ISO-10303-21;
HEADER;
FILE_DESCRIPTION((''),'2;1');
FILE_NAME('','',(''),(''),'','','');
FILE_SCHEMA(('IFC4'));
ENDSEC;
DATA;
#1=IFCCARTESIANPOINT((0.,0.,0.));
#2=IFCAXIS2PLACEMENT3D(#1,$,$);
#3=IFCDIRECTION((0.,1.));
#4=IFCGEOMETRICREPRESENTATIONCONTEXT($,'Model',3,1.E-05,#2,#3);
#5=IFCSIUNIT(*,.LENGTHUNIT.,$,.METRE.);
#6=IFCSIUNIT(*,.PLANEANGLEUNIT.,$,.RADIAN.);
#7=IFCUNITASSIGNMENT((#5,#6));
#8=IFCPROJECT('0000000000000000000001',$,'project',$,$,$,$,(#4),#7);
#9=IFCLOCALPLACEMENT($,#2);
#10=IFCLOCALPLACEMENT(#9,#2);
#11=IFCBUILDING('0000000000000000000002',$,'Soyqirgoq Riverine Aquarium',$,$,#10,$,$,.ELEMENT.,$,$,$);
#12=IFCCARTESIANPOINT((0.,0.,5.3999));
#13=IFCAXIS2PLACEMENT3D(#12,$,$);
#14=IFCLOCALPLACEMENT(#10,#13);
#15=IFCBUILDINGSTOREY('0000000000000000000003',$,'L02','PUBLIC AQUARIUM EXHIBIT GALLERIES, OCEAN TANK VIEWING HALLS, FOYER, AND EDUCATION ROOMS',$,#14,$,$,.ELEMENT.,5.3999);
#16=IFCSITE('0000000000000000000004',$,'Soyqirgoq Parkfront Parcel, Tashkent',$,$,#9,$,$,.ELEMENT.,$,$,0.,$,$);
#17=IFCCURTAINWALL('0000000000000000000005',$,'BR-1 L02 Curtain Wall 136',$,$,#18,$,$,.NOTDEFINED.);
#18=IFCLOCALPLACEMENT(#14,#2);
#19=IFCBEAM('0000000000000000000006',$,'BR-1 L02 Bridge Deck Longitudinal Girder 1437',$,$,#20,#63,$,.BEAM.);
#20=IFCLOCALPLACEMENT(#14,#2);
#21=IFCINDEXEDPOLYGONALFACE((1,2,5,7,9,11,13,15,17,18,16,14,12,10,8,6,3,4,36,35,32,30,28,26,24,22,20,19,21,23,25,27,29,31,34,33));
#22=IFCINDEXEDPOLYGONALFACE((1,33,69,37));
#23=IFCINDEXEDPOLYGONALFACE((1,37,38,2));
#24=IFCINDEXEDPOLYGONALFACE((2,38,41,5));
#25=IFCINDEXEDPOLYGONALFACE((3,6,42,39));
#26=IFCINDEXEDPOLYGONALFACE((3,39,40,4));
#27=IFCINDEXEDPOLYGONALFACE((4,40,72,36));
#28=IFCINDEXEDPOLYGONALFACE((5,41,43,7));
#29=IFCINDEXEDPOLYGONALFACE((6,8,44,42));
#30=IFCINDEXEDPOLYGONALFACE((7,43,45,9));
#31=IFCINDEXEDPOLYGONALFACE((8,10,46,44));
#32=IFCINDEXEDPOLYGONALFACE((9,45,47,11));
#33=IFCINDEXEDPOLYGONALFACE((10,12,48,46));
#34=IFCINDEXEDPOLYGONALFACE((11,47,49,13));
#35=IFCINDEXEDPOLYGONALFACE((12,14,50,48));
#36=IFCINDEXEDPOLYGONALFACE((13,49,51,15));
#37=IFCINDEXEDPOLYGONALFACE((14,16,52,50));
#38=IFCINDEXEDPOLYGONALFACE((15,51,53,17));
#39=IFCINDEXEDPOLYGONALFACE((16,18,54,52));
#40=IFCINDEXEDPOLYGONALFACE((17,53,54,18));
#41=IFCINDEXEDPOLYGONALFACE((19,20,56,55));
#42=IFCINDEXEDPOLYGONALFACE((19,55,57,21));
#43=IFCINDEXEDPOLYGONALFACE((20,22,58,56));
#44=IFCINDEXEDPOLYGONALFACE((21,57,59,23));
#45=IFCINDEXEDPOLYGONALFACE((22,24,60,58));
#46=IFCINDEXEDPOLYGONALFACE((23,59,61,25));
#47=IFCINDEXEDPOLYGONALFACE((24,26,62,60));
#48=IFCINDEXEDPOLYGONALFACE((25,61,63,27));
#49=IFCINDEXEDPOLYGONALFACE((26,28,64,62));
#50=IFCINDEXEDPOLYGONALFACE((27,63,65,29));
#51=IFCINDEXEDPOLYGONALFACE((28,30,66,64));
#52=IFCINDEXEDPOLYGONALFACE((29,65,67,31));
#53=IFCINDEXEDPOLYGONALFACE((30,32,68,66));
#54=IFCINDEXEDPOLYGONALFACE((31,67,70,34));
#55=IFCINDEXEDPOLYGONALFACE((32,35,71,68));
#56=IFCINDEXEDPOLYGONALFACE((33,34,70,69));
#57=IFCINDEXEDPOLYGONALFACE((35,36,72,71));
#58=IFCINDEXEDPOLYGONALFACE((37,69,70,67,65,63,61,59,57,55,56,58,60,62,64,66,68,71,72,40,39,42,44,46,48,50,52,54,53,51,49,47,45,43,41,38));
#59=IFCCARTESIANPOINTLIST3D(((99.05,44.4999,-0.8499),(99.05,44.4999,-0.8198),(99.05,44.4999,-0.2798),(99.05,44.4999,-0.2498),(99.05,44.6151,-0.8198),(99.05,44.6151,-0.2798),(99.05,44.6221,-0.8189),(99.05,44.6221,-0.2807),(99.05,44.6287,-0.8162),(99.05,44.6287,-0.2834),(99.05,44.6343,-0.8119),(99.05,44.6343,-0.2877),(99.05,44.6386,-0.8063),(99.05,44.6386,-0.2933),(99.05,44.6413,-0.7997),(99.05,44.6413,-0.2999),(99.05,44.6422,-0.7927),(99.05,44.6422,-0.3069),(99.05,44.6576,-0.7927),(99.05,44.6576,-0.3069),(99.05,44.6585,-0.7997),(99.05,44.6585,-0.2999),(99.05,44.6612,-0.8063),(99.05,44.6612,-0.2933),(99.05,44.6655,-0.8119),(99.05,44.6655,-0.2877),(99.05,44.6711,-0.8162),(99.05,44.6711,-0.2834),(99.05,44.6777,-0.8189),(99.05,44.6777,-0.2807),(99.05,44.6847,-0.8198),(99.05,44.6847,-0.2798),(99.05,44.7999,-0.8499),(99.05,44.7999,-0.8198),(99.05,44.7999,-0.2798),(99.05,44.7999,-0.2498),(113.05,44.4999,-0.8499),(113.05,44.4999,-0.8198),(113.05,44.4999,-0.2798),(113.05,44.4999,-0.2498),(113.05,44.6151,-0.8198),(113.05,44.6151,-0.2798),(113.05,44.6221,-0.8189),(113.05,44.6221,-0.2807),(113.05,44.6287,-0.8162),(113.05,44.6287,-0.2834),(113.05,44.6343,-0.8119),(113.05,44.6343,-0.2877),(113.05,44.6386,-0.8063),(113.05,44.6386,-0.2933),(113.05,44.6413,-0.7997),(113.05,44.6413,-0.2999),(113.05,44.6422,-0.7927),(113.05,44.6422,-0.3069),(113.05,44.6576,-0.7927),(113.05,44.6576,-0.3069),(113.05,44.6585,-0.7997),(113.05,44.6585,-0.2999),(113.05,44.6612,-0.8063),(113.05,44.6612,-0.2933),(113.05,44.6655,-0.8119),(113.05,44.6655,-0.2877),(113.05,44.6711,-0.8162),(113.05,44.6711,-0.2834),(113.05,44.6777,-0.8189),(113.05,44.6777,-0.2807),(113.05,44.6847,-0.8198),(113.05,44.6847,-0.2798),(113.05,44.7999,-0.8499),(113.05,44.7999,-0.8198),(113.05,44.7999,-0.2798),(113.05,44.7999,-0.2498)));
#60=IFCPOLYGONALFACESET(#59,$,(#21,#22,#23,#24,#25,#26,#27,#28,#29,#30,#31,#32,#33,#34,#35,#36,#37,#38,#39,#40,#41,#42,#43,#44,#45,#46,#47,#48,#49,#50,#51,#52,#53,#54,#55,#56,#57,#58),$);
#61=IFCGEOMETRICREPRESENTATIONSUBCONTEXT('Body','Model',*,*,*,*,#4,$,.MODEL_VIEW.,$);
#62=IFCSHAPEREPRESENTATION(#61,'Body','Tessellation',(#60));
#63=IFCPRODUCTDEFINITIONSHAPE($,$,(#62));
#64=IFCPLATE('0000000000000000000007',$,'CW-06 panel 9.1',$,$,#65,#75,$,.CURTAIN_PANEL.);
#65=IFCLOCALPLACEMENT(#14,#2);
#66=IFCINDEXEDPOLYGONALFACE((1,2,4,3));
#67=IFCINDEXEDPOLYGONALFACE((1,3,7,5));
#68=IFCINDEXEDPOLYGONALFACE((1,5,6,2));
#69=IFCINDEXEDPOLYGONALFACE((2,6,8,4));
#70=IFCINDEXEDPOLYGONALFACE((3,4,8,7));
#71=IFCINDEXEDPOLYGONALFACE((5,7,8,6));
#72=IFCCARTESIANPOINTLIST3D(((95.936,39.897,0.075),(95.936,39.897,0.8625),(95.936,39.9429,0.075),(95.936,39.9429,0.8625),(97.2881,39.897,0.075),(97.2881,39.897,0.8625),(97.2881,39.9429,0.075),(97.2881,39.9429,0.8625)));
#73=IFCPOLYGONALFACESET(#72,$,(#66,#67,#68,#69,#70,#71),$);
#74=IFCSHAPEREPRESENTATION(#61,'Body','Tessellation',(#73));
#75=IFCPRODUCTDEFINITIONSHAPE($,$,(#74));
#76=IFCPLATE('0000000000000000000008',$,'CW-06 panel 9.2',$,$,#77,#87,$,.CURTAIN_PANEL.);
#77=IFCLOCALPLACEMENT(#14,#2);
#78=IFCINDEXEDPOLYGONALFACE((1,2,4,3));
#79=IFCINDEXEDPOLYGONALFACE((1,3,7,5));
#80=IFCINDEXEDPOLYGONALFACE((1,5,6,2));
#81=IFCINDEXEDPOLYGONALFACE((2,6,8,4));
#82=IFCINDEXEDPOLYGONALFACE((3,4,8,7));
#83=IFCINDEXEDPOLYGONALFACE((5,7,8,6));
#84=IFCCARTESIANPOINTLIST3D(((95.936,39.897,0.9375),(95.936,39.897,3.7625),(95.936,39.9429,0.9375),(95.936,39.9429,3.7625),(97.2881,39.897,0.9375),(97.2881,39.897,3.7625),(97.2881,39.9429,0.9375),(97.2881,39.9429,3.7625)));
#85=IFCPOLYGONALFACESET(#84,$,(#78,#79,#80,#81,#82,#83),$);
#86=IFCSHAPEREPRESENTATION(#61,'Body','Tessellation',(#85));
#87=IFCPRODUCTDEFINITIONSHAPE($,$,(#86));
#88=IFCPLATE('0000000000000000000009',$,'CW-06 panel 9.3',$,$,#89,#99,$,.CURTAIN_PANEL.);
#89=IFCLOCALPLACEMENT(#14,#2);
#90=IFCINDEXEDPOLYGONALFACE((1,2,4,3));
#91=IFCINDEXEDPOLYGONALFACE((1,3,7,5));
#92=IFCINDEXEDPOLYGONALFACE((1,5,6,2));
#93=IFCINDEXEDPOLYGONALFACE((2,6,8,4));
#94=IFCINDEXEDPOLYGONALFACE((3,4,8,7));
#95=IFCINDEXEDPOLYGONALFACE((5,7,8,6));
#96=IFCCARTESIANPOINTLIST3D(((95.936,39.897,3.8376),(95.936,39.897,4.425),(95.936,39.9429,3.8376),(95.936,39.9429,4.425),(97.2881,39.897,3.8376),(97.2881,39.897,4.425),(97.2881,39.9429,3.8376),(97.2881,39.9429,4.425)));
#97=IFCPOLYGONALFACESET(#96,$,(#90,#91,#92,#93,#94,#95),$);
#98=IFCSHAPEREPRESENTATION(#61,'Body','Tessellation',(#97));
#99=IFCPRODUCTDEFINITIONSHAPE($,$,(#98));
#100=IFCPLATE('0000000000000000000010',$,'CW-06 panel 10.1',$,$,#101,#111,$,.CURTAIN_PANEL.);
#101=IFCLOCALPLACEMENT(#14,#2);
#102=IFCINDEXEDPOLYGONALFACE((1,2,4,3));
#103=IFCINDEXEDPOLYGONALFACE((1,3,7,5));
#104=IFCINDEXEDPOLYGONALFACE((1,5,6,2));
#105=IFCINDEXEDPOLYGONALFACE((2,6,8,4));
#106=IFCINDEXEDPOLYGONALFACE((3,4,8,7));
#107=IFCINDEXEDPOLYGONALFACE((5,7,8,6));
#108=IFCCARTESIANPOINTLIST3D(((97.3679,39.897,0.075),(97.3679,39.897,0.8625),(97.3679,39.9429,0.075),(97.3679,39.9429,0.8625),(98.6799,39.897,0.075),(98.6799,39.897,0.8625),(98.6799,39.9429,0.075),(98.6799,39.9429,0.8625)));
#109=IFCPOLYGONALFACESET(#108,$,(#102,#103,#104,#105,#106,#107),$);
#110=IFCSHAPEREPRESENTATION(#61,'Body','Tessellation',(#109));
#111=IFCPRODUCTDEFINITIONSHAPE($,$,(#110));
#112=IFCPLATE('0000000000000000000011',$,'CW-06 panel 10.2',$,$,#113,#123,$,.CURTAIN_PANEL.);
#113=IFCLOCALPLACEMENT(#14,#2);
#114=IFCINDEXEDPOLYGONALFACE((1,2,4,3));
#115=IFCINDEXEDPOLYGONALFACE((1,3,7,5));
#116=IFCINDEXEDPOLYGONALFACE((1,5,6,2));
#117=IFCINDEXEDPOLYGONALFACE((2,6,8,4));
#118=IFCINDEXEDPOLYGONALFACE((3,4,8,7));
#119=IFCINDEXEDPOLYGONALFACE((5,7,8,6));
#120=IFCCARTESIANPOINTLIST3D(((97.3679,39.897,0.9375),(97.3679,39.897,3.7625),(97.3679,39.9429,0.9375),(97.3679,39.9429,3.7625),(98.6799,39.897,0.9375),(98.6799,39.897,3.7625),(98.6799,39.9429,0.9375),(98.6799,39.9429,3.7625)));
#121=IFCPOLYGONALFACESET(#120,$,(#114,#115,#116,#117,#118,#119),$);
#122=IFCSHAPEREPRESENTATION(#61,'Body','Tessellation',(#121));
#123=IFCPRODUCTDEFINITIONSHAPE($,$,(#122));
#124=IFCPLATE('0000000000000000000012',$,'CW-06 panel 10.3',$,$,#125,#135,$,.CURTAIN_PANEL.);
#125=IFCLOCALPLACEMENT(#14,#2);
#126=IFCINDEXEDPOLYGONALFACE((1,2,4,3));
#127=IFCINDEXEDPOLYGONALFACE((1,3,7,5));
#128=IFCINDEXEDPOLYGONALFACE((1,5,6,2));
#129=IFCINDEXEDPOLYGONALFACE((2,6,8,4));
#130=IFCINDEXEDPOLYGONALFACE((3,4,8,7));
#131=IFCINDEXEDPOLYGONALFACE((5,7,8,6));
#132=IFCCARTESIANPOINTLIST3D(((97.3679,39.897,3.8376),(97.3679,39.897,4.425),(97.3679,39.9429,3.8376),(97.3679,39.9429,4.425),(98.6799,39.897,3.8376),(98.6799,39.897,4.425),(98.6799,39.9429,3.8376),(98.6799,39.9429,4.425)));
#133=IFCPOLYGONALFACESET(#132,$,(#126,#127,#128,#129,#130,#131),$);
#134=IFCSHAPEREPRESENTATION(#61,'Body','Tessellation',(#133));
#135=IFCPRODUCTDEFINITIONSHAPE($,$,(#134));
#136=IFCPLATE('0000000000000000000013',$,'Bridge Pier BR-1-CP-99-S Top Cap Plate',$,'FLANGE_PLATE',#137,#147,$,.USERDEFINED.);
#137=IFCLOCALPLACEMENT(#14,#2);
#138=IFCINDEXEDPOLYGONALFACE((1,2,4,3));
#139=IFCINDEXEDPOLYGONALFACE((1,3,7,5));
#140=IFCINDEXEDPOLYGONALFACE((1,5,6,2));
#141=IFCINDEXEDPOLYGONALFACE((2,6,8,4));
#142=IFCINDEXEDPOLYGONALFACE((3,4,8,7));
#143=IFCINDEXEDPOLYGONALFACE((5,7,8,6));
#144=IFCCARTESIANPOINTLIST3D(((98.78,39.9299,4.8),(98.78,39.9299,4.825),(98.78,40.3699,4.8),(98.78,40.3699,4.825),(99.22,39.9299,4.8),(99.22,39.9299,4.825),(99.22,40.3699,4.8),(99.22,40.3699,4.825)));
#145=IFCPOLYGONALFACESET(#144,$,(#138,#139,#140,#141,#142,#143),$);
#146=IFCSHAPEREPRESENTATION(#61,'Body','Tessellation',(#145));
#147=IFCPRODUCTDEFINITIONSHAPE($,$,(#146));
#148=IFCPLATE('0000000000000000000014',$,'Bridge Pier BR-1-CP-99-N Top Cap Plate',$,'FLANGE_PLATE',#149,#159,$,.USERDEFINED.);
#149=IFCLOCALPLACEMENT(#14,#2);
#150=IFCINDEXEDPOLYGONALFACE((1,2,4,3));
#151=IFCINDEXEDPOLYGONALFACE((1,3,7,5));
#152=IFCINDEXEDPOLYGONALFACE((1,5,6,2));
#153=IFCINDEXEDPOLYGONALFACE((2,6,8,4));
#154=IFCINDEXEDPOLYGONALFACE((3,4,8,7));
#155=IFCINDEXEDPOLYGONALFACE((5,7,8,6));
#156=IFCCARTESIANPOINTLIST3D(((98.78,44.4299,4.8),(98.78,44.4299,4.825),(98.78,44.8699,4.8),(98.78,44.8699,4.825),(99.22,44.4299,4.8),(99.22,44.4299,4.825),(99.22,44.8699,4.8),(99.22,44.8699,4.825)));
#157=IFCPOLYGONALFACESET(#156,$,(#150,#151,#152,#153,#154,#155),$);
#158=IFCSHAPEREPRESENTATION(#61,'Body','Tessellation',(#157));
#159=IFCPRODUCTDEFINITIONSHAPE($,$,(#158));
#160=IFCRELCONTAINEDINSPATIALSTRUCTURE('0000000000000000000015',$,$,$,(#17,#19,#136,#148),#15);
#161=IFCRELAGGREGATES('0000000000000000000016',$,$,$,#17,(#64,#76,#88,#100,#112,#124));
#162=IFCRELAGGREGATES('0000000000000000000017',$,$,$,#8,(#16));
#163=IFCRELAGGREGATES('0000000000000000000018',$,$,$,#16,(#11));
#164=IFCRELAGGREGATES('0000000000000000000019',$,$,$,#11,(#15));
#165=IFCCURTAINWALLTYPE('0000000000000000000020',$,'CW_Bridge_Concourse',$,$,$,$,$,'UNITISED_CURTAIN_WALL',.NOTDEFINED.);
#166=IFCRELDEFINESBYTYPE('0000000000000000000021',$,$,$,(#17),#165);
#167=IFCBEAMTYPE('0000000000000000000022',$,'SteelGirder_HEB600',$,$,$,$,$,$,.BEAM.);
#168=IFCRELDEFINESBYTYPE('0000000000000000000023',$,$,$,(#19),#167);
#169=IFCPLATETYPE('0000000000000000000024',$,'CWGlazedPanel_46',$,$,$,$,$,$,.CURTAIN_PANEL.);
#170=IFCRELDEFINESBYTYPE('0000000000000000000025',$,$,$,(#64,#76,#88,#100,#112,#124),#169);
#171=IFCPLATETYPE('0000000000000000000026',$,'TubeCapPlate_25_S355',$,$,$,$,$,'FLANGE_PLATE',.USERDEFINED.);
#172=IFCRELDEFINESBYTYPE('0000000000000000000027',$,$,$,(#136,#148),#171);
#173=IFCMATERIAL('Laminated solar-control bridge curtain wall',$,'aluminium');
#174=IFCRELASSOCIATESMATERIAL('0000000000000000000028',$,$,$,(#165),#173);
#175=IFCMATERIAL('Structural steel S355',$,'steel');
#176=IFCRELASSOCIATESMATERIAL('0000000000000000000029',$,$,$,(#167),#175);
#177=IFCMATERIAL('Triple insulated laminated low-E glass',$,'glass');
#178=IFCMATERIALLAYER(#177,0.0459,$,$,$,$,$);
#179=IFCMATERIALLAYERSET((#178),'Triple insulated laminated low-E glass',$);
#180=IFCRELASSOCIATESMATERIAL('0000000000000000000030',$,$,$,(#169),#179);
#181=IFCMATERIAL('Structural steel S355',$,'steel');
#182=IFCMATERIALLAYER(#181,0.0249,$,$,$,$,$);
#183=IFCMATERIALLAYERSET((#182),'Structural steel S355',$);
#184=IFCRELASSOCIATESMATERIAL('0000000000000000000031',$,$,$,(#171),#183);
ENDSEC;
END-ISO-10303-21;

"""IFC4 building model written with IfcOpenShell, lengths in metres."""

from ifc_helpers import new_model, si_unit, direction, frame, origin, origin_2d, place, context, subcontext, project, spatial, rectangle, i_section, extrude, material, layer, layer_set, material_profile, profile_set, type_object, element, aggregate, save


model = new_model("IFC4")

# Units and contexts
model_context = context("Model", 3, precision=1e-05, world=origin(), true_north=direction((0.0, 1.0)))
body_context = subcontext(model_context, "Body", "Model", "MODEL_VIEW")
ifc_project = project(units=[si_unit("LENGTHUNIT", "METRE"), si_unit("PLANEANGLEUNIT", "RADIAN")], contexts=[model_context])

# Site, building, storey
site_placement = place(None, origin())
site = spatial("IfcSite", under=ifc_project, at=site_placement, Name="Soyqirgoq Parkfront Parcel, Tashkent", CompositionType="ELEMENT", RefElevation=0.0)
building_placement = place(site_placement, origin())
building = spatial("IfcBuilding", under=site, at=building_placement, Name="Soyqirgoq Riverine Aquarium", CompositionType="ELEMENT")
storey_placement = place(building_placement, frame((0.0, 0.0, 5.3999)))
storey = spatial("IfcBuildingStorey", under=building, at=storey_placement, Name="L02", Description="PUBLIC AQUARIUM EXHIBIT GALLERIES, OCEAN TANK VIEWING HALLS, FOYER, AND EDUCATION ROOMS", CompositionType="ELEMENT", Elevation=5.3999)

# Curtain wall
ifc_material_1 = material(Name="Laminated solar-control bridge curtain wall", Category="aluminium")
curtain_wall_type = type_object("IfcCurtainWallType", Name="CW_Bridge_Concourse", ElementType="UNITISED_CURTAIN_WALL", PredefinedType="NOTDEFINED", material=ifc_material_1)
curtain_wall_1_placement = place(storey_placement, origin())
curtain_wall_1 = element("IfcCurtainWall", 1, at=curtain_wall_1_placement, inside=storey, type_object=curtain_wall_type, Name="BR-1 L02 Curtain Wall 136", PredefinedType="NOTDEFINED")

# Beam
ifc_material_2 = material(Name="Structural steel S355", Category="steel")
ifc_material_profile_1 = material_profile(ifc_material_2, i_section(OverallWidth=0.3, OverallDepth=0.6001, WebThickness=0.0154, FlangeThickness=0.03, FilletRadius=0.0271, at=origin_2d()), Name="HEB 600")
ifc_profile_set_1 = profile_set([ifc_material_profile_1], Name="Structural steel S355")
beam_type_1 = type_object("IfcBeamType", Name="SteelGirder_HEB600", PredefinedType="BEAM", material=ifc_profile_set_1)
for number, where, z_axis, x_axis, name in (
    (2, (99.05, 44.6499, -0.5498), (1.0, 0.0, 0.0), (0.0, 1.0, 0.0), "BR-1 L02 Bridge Deck Longitudinal Girder 1437"),
):
    element("IfcBeam", number, at=place(storey_placement, frame(where, z_axis=z_axis, x_axis=x_axis)), inside=storey, type_object=beam_type_1, Name=name, PredefinedType="BEAM", context=body_context, shape_type="SweptSolid", body=[
        extrude(i_section(OverallWidth=0.3, OverallDepth=0.6001, WebThickness=0.0154, FlangeThickness=0.03, FilletRadius=0.0271, at=origin_2d()), origin(), (0.0, 0.0, 1.0), 14.0),
    ])

# Plates
ifc_material_3 = material(Name="Triple insulated laminated low-E glass", Category="glass")
ifc_layer_1 = layer(ifc_material_3, 0.0459)
ifc_layer_set_1 = layer_set([ifc_layer_1], Name="Triple insulated laminated low-E glass")
plate_type_1 = type_object("IfcPlateType", Name="CWGlazedPanel_46", PredefinedType="CURTAIN_PANEL", material=ifc_layer_set_1)
plate_1_placement = place(storey_placement, frame((96.6121, 39.9199, 0.075), z_axis=(0.0, 0.0, 1.0), x_axis=(1.0, 0.0, 0.0)))
plate_1 = element("IfcPlate", 3, at=plate_1_placement, type_object=plate_type_1, Name="CW-06 panel 9.1", PredefinedType="CURTAIN_PANEL", context=body_context, shape_type="SweptSolid", body=[
    extrude(rectangle(XDim=1.3521, YDim=0.0459, at=origin_2d()), origin(), (0.0, 0.0, 1.0), 0.7876),
])
plate_2_placement = place(storey_placement, frame((96.6121, 39.9199, 0.9375), z_axis=(0.0, 0.0, 1.0), x_axis=(1.0, 0.0, 0.0)))
plate_2 = element("IfcPlate", 4, at=plate_2_placement, type_object=plate_type_1, Name="CW-06 panel 9.2", PredefinedType="CURTAIN_PANEL", context=body_context, shape_type="SweptSolid", body=[
    extrude(rectangle(XDim=1.3521, YDim=0.0459, at=origin_2d()), origin(), (0.0, 0.0, 1.0), 2.825),
])
plate_3_placement = place(storey_placement, frame((96.6121, 39.9199, 3.8376), z_axis=(0.0, 0.0, 1.0), x_axis=(1.0, 0.0, 0.0)))
plate_3 = element("IfcPlate", 5, at=plate_3_placement, type_object=plate_type_1, Name="CW-06 panel 9.3", PredefinedType="CURTAIN_PANEL", context=body_context, shape_type="SweptSolid", body=[
    extrude(rectangle(XDim=1.3521, YDim=0.0459, at=origin_2d()), origin(), (0.0, 0.0, 1.0), 0.5874),
])
plate_4_placement = place(storey_placement, frame((98.0239, 39.9199, 0.075), z_axis=(0.0, 0.0, 1.0), x_axis=(1.0, 0.0, 0.0)))
plate_4 = element("IfcPlate", 6, at=plate_4_placement, type_object=plate_type_1, Name="CW-06 panel 10.1", PredefinedType="CURTAIN_PANEL", context=body_context, shape_type="SweptSolid", body=[
    extrude(rectangle(XDim=1.312, YDim=0.0459, at=origin_2d()), origin(), (0.0, 0.0, 1.0), 0.7876),
])
plate_5_placement = place(storey_placement, frame((98.0239, 39.9199, 0.9375), z_axis=(0.0, 0.0, 1.0), x_axis=(1.0, 0.0, 0.0)))
plate_5 = element("IfcPlate", 7, at=plate_5_placement, type_object=plate_type_1, Name="CW-06 panel 10.2", PredefinedType="CURTAIN_PANEL", context=body_context, shape_type="SweptSolid", body=[
    extrude(rectangle(XDim=1.312, YDim=0.0459, at=origin_2d()), origin(), (0.0, 0.0, 1.0), 2.825),
])
plate_6_placement = place(storey_placement, frame((98.0239, 39.9199, 3.8376), z_axis=(0.0, 0.0, 1.0), x_axis=(1.0, 0.0, 0.0)))
plate_6 = element("IfcPlate", 8, at=plate_6_placement, type_object=plate_type_1, Name="CW-06 panel 10.3", PredefinedType="CURTAIN_PANEL", context=body_context, shape_type="SweptSolid", body=[
    extrude(rectangle(XDim=1.312, YDim=0.0459, at=origin_2d()), origin(), (0.0, 0.0, 1.0), 0.5874),
])
aggregate(curtain_wall_1, [plate_1, plate_2, plate_3, plate_4, plate_5, plate_6])

# Plates
ifc_material_4 = material(Name="Structural steel S355", Category="steel")
ifc_layer_2 = layer(ifc_material_4, 0.0249)
ifc_layer_set_2 = layer_set([ifc_layer_2], Name="Structural steel S355")
plate_type_2 = type_object("IfcPlateType", Name="TubeCapPlate_25_S355", ElementType="FLANGE_PLATE", PredefinedType="USERDEFINED", material=ifc_layer_set_2)
for number, where, z_axis, x_axis, name in (
    (9, (99.0, 40.1499, 4.8), (0.0, 0.0, 1.0), (1.0, 0.0, 0.0), "Bridge Pier BR-1-CP-99-S Top Cap Plate"),
    (10, (99.0, 44.6499, 4.8), (0.0, 0.0, 1.0), (1.0, 0.0, 0.0), "Bridge Pier BR-1-CP-99-N Top Cap Plate"),
):
    element("IfcPlate", number, at=place(storey_placement, frame(where, z_axis=z_axis, x_axis=x_axis)), inside=storey, type_object=plate_type_2, Name=name, ObjectType="FLANGE_PLATE", PredefinedType="USERDEFINED", context=body_context, shape_type="SweptSolid", body=[
        extrude(rectangle(XDim=0.4399, YDim=0.4399, at=origin_2d()), origin(), (0.0, 0.0, 1.0), 0.0249),
    ])

save(model, "model.ifc")
